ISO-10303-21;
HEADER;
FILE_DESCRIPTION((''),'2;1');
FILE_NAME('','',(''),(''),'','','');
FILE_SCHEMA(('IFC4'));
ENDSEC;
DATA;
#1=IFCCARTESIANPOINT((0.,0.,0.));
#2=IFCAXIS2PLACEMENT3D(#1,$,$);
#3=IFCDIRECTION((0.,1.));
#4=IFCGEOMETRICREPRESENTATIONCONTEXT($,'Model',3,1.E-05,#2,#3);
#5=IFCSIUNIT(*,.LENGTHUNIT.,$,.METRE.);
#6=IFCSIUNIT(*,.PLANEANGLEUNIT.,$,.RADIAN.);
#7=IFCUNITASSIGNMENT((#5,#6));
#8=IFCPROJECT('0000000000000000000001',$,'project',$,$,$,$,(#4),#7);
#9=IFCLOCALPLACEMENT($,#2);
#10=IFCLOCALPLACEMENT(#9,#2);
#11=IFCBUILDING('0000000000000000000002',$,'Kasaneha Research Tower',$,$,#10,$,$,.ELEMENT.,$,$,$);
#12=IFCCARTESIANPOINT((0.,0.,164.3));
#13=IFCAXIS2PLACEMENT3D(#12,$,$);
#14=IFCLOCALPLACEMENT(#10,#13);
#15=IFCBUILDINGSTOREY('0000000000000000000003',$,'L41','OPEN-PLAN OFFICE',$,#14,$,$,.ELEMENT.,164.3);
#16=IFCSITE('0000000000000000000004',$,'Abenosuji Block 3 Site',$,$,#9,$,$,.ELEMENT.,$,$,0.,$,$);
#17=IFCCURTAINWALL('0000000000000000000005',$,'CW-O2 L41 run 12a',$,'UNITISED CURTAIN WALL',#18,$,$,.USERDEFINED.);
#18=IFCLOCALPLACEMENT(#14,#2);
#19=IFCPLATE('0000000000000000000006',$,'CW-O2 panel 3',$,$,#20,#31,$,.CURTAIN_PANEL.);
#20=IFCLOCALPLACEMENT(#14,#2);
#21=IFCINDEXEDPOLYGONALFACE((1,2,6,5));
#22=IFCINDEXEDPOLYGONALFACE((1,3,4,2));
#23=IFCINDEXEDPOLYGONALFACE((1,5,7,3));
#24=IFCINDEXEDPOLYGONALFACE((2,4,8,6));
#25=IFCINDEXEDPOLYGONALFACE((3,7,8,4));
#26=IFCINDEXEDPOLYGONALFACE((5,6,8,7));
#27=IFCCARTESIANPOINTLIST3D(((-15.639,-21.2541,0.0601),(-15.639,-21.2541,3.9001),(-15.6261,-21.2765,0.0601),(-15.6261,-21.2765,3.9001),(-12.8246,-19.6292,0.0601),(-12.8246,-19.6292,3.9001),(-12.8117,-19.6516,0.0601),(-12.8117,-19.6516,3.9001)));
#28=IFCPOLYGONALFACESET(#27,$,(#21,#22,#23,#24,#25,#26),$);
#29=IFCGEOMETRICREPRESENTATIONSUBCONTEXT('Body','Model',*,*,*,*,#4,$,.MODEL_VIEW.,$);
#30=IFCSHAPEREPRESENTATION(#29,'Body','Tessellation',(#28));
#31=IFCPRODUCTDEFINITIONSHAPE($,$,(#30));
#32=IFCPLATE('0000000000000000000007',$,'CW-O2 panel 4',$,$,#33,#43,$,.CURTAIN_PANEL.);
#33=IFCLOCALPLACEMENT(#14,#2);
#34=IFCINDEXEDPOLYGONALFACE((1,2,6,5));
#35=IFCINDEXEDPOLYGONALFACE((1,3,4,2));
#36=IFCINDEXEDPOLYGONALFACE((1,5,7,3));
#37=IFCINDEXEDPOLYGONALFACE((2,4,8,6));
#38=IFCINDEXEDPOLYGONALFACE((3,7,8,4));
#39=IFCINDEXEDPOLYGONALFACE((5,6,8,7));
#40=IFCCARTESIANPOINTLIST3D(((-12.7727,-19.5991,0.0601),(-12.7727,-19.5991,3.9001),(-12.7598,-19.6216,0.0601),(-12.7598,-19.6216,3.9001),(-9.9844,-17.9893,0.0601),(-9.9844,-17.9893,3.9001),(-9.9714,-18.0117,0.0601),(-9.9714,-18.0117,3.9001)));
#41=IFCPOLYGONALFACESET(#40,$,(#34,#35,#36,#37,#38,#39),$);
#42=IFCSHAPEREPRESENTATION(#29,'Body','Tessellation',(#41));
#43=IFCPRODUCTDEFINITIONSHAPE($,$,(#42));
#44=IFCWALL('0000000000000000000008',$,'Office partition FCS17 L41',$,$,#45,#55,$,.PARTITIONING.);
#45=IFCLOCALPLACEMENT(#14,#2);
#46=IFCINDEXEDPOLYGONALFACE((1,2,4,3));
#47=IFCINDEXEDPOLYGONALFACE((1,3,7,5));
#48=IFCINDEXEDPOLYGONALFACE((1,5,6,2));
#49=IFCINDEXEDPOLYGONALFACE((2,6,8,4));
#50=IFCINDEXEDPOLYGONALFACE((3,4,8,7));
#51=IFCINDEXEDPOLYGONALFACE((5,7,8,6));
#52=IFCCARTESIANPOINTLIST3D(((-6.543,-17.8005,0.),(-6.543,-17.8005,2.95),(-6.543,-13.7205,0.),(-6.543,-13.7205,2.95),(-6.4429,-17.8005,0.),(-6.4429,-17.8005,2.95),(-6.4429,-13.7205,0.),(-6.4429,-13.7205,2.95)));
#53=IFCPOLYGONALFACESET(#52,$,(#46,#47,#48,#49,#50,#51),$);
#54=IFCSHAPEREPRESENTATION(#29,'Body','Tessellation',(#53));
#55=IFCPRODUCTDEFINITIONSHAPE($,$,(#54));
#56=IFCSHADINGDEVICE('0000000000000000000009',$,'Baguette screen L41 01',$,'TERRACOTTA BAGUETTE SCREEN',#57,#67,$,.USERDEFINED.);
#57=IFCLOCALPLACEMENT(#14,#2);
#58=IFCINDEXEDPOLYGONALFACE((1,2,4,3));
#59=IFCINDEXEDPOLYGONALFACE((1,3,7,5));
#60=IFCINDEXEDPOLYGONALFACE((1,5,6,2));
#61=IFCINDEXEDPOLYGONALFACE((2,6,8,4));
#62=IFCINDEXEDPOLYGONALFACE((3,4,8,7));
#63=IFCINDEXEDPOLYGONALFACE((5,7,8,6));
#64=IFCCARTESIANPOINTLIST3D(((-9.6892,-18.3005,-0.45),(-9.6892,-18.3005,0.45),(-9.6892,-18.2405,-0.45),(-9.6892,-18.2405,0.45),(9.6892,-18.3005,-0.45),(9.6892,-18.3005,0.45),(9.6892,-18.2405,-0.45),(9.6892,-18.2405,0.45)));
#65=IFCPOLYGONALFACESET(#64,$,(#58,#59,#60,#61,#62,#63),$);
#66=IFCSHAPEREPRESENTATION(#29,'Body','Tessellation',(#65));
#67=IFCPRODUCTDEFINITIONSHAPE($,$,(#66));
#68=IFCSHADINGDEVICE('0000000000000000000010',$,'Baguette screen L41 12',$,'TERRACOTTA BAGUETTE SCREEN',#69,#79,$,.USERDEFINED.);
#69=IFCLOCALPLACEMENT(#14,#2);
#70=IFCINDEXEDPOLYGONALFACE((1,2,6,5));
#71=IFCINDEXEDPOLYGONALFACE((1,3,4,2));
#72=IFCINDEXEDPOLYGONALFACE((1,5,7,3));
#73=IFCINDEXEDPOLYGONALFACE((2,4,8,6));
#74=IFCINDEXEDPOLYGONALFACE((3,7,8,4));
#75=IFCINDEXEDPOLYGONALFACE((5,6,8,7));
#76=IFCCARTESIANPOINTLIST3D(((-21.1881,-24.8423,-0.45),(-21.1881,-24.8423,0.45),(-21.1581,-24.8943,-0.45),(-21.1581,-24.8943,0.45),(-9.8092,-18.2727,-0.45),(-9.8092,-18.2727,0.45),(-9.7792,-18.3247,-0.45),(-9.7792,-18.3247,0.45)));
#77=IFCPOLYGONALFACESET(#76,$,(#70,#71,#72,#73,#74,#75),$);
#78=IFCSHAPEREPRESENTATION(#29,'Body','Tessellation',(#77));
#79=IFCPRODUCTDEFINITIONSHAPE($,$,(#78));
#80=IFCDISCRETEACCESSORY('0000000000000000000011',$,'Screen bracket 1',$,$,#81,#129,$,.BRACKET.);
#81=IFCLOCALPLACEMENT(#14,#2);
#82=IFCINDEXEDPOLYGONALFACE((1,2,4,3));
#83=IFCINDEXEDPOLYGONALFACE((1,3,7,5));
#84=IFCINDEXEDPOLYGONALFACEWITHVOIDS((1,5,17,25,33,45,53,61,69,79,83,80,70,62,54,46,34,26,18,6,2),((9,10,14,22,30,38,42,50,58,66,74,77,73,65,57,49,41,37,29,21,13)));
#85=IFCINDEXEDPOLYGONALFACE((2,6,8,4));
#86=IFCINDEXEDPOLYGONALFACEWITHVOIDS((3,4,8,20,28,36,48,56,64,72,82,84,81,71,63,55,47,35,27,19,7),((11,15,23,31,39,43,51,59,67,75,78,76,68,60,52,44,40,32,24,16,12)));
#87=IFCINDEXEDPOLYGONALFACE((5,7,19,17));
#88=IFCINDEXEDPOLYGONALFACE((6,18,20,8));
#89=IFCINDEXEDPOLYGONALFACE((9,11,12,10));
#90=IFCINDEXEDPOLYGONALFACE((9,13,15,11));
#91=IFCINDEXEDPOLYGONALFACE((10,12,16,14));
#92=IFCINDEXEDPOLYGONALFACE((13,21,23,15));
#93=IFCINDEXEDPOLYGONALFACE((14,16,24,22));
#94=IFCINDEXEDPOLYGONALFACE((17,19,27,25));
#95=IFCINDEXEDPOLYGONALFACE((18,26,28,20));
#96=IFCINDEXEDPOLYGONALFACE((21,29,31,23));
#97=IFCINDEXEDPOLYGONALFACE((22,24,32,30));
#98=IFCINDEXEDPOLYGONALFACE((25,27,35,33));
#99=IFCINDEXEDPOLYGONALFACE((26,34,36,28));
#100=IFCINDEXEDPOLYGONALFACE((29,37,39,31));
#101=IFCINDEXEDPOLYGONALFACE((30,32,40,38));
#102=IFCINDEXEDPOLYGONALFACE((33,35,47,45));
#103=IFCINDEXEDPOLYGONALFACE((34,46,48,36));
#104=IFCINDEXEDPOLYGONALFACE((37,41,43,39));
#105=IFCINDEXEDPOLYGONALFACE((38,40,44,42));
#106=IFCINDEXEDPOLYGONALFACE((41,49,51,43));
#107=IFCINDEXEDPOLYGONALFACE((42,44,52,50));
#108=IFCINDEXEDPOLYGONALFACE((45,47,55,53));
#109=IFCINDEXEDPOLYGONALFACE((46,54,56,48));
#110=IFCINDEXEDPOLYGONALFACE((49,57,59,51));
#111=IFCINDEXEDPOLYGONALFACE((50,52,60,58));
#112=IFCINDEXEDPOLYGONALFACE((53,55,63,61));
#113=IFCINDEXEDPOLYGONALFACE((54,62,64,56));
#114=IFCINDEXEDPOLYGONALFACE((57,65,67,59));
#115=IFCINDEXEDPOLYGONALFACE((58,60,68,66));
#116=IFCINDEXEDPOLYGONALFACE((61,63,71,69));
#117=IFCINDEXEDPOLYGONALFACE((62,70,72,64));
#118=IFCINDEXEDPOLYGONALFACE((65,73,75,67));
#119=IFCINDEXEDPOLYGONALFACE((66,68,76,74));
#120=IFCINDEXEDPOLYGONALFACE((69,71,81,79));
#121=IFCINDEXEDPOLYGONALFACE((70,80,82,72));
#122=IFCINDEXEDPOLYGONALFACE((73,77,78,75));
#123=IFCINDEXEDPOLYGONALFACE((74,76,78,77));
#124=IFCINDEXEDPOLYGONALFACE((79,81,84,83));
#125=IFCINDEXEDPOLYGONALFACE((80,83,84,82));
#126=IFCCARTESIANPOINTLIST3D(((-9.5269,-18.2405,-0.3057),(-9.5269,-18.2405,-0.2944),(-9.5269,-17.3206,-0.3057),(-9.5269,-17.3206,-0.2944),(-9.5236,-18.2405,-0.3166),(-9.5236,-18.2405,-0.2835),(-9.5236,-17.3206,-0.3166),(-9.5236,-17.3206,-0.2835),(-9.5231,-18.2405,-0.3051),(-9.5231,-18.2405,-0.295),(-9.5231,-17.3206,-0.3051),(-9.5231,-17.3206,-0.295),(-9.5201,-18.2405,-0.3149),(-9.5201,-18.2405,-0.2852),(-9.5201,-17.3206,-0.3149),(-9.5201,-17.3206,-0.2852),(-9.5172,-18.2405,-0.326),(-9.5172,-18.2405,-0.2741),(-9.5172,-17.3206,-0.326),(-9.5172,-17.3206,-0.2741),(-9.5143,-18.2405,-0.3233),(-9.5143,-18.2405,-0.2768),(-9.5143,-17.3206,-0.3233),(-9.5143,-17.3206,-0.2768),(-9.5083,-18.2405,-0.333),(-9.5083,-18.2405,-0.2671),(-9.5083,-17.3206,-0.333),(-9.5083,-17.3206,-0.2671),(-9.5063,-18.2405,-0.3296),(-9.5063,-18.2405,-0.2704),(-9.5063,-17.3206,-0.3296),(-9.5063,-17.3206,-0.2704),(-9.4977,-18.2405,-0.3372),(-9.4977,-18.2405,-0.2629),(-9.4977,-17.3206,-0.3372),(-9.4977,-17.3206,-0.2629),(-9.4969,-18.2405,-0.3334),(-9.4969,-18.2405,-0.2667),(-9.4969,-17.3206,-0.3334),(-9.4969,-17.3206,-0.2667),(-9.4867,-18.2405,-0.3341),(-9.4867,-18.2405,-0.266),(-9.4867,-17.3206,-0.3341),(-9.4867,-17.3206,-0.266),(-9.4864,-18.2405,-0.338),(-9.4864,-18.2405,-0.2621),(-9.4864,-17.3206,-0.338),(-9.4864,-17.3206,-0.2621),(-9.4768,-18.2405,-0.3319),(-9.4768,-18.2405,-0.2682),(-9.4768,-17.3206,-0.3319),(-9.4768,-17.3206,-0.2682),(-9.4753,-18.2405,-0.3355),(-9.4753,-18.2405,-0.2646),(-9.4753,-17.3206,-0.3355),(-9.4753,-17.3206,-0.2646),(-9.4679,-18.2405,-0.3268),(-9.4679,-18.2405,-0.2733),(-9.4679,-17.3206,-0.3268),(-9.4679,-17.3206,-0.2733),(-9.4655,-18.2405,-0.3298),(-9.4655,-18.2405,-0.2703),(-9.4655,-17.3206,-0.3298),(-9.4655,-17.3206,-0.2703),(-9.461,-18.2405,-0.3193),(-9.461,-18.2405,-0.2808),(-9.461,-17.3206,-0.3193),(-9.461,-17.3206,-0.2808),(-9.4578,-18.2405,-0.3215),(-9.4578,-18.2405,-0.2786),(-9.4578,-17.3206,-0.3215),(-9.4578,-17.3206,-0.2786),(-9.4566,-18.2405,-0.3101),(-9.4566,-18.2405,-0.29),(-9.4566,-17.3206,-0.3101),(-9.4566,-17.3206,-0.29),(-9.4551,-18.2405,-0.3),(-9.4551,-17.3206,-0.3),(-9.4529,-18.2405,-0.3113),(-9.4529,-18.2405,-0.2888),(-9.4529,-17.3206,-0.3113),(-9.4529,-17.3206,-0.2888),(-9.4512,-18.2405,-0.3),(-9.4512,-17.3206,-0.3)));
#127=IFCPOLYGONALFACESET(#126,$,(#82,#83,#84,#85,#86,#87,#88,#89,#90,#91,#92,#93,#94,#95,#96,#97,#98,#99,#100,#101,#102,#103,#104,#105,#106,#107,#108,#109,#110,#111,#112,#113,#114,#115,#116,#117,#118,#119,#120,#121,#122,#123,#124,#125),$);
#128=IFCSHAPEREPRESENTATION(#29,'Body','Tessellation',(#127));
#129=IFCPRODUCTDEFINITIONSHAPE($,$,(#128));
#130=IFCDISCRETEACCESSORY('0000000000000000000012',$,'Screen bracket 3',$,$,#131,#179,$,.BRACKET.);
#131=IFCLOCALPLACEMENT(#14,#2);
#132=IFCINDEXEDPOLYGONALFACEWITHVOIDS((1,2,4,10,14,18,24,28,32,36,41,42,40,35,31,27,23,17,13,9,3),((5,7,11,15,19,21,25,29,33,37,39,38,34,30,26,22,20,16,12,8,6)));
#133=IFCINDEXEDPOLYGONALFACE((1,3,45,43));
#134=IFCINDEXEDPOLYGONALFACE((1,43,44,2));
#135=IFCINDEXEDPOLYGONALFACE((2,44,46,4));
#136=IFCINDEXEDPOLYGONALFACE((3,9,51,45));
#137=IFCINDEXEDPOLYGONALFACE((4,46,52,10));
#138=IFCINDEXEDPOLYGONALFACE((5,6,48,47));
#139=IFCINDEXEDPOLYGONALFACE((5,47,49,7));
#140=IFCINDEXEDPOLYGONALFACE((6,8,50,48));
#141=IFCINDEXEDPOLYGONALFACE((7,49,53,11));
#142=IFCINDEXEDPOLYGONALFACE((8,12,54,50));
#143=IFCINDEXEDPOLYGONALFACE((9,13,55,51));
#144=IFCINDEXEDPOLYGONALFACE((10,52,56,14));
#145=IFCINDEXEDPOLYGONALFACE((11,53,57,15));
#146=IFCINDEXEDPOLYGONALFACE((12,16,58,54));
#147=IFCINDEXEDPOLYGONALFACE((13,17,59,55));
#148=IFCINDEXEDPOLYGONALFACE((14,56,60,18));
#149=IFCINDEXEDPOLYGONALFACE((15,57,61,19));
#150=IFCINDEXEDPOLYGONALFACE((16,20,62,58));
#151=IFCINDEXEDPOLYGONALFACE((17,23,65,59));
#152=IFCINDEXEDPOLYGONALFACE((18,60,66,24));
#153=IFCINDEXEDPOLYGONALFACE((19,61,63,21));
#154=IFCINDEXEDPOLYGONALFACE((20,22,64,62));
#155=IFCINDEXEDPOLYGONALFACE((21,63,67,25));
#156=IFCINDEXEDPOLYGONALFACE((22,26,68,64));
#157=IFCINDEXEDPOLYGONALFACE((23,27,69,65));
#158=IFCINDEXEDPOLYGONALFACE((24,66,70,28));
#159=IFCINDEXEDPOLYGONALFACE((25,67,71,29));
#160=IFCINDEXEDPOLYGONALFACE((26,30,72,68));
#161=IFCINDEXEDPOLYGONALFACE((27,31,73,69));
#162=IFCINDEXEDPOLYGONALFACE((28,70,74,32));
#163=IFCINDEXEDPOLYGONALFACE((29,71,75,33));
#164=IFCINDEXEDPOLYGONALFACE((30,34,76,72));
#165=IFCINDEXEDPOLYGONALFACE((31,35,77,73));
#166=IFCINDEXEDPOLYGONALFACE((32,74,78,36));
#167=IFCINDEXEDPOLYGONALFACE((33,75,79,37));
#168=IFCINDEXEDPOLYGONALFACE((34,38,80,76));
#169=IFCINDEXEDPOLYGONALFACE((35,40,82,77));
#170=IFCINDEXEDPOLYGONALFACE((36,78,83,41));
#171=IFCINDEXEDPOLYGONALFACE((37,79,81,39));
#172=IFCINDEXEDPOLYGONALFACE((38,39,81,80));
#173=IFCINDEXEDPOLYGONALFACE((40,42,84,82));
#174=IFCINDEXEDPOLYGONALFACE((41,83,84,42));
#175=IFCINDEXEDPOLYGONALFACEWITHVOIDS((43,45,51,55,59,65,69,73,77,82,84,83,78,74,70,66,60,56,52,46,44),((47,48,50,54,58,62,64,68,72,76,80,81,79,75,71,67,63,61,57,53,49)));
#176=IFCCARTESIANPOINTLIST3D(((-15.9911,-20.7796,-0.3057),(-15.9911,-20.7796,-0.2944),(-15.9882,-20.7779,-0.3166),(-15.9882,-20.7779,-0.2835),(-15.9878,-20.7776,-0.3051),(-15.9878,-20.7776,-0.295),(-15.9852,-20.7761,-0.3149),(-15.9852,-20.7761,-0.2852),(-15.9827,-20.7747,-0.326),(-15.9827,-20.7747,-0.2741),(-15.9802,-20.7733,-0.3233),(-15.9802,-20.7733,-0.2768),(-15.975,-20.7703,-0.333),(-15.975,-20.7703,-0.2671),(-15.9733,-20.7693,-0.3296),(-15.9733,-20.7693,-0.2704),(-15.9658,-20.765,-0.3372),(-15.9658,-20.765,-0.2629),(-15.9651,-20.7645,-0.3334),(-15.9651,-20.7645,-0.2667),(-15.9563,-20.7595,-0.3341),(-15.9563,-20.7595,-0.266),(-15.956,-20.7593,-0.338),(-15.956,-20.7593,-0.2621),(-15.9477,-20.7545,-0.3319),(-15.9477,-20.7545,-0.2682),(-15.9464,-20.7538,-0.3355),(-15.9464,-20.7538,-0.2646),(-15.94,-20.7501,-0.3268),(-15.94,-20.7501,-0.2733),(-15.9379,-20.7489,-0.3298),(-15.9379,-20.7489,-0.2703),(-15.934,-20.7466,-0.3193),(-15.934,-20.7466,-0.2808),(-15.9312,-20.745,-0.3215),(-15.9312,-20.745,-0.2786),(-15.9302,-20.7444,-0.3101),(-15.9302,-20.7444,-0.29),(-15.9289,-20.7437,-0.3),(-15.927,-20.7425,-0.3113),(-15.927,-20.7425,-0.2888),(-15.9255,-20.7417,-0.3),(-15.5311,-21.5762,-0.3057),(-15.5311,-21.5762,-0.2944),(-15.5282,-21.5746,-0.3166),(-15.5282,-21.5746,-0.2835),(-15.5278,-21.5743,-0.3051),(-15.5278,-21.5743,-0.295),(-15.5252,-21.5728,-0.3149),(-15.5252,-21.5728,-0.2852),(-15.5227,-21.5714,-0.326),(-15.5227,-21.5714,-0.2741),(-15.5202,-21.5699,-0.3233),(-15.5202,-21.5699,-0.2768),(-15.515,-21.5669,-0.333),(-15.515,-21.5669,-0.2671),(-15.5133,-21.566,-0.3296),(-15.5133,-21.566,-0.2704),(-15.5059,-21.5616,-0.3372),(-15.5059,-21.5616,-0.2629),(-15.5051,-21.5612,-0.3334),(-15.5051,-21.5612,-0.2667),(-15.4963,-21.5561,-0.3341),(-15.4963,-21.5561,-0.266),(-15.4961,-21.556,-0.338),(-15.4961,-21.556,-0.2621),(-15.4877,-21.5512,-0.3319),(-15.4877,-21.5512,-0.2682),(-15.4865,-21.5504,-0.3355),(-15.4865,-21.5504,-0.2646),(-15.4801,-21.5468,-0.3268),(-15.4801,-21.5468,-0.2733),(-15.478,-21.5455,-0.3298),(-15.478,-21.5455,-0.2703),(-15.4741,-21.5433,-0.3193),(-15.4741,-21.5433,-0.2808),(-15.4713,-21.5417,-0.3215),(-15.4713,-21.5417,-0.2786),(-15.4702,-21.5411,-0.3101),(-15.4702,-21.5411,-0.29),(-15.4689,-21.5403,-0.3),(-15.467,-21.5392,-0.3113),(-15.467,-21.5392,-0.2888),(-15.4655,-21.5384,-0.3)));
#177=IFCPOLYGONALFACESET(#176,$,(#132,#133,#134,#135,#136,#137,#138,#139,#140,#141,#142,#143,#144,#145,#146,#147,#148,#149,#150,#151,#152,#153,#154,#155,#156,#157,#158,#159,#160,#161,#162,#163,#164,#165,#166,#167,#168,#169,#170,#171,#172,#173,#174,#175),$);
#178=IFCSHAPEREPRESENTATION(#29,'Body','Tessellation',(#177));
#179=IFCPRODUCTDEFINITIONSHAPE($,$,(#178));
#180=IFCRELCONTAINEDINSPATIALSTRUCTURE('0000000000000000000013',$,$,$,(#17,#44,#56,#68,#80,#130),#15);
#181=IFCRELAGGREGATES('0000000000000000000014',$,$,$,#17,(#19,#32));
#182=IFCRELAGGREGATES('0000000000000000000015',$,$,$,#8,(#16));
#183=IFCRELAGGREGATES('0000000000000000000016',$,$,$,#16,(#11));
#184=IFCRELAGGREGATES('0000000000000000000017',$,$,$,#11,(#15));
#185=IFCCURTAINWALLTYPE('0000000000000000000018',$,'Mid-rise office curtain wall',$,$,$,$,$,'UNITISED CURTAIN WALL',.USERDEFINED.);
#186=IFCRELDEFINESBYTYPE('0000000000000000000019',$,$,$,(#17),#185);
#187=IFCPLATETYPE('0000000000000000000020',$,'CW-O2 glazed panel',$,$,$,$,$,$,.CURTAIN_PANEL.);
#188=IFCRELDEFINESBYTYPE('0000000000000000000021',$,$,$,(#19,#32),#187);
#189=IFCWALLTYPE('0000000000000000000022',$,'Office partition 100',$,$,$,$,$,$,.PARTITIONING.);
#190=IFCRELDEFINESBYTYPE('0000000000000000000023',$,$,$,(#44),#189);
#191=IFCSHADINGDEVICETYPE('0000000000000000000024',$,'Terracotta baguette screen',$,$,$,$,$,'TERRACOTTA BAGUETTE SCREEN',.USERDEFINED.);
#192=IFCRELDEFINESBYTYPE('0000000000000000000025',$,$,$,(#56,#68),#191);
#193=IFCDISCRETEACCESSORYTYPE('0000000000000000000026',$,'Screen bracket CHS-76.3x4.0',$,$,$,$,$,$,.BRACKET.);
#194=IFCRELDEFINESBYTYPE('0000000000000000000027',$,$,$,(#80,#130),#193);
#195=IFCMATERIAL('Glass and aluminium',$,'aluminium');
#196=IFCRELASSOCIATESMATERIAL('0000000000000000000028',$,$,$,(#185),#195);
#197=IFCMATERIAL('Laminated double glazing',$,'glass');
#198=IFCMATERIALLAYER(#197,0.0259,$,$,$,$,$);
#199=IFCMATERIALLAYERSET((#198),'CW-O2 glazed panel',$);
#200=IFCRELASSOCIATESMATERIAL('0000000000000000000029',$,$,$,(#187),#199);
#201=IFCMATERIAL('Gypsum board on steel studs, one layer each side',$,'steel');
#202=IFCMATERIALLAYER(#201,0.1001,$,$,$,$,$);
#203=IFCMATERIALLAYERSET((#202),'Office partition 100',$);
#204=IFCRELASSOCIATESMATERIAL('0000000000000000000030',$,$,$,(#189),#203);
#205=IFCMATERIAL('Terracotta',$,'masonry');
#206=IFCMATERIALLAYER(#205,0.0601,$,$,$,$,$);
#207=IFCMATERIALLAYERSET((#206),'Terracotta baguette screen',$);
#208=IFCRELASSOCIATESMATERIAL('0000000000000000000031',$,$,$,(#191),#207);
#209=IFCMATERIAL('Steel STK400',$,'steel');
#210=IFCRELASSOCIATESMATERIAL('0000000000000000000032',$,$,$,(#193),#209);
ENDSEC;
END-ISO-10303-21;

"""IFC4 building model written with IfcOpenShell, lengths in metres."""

from ifc_helpers import new_model, si_unit, direction, frame, frame_2d, origin, origin_2d, place, context, subcontext, project, spatial, rectangle, hollow_circle, extrude, material, layer, layer_set, material_profile, profile_set, type_object, element, aggregate, save


model = new_model("IFC4")

# Units and contexts
model_context = context("Model", 3, precision=1e-05, world=origin(), true_north=direction((0.0, 1.0)))
body_context = subcontext(model_context, "Body", "Model", "MODEL_VIEW")
ifc_project = project(units=[si_unit("LENGTHUNIT", "METRE"), si_unit("PLANEANGLEUNIT", "RADIAN")], contexts=[model_context])

# Site, building, storey
site_placement = place(None, origin())
site = spatial("IfcSite", under=ifc_project, at=site_placement, Name="Abenosuji Block 3 Site", CompositionType="ELEMENT", RefElevation=0.0)
building_placement = place(site_placement, origin())
building = spatial("IfcBuilding", under=site, at=building_placement, Name="Kasaneha Research Tower", CompositionType="ELEMENT")
storey_placement = place(building_placement, frame((0.0, 0.0, 164.3)))
storey = spatial("IfcBuildingStorey", under=building, at=storey_placement, Name="L41", Description="OPEN-PLAN OFFICE", CompositionType="ELEMENT", Elevation=164.3)

# Curtain wall
ifc_material_1 = material(Name="Glass and aluminium", Category="aluminium")
curtain_wall_type = type_object("IfcCurtainWallType", Name="Mid-rise office curtain wall", ElementType="UNITISED CURTAIN WALL", PredefinedType="USERDEFINED", material=ifc_material_1)
curtain_wall_1_placement = place(storey_placement, origin())
curtain_wall_1 = element("IfcCurtainWall", 1, at=curtain_wall_1_placement, inside=storey, type_object=curtain_wall_type, Name="CW-O2 L41 run 12a", ObjectType="UNITISED CURTAIN WALL", PredefinedType="USERDEFINED")

# Plates
ifc_material_2 = material(Name="Laminated double glazing", Category="glass")
ifc_layer_1 = layer(ifc_material_2, 0.0259)
ifc_layer_set_1 = layer_set([ifc_layer_1], Name="CW-O2 glazed panel")
plate_type = type_object("IfcPlateType", Name="CW-O2 glazed panel", PredefinedType="CURTAIN_PANEL", material=ifc_layer_set_1)
plate_1_placement = place(storey_placement, frame((-14.2253, -20.4529, 0.0601), z_axis=(0.0, 0.0, 1.0), x_axis=(0.866025, 0.5, 0.0)))
plate_1 = element("IfcPlate", 2, at=plate_1_placement, type_object=plate_type, Name="CW-O2 panel 3", PredefinedType="CURTAIN_PANEL", context=body_context, shape_type="SweptSolid", body=[
    extrude(rectangle(XDim=3.2498, YDim=0.0259, at=origin_2d()), origin(), (0.0, 0.0, 1.0), 3.8401),
])
plate_2_placement = place(storey_placement, frame((-11.3721, -18.8054, 0.0601), z_axis=(0.0, 0.0, 1.0), x_axis=(0.866025, 0.5, 0.0)))
plate_2 = element("IfcPlate", 3, at=plate_2_placement, type_object=plate_type, Name="CW-O2 panel 4", PredefinedType="CURTAIN_PANEL", context=body_context, shape_type="SweptSolid", body=[
    extrude(rectangle(XDim=3.2197, YDim=0.0259, at=origin_2d()), origin(), (0.0, 0.0, 1.0), 3.8401),
])
aggregate(curtain_wall_1, [plate_1, plate_2])

# Wall
ifc_material_3 = material(Name="Gypsum board on steel studs, one layer each side", Category="steel")
ifc_layer_2 = layer(ifc_material_3, 0.1001)
ifc_layer_set_2 = layer_set([ifc_layer_2], Name="Office partition 100")
wall_type = type_object("IfcWallType", Name="Office partition 100", PredefinedType="PARTITIONING", material=ifc_layer_set_2)
wall_placement = place(storey_placement, frame((-6.4929, -17.8005, 0.0), z_axis=(0.0, 0.0, 1.0), x_axis=(0.0, 1.0, 0.0)))
element("IfcWall", 4, at=wall_placement, inside=storey, type_object=wall_type, Name="Office partition FCS17 L41", PredefinedType="PARTITIONING", context=body_context, shape_type="SweptSolid", body=[
    extrude(rectangle(XDim=4.0801, YDim=0.1001, at=frame_2d((2.04, 0.0))), origin(), (0.0, 0.0, 1.0), 2.95),
])

# Shading devices
ifc_material_4 = material(Name="Terracotta", Category="masonry")
ifc_layer_3 = layer(ifc_material_4, 0.0601)
ifc_layer_set_3 = layer_set([ifc_layer_3], Name="Terracotta baguette screen")
shading_device_type = type_object("IfcShadingDeviceType", Name="Terracotta baguette screen", ElementType="TERRACOTTA BAGUETTE SCREEN", PredefinedType="USERDEFINED", material=ifc_layer_set_3)
shading_device_1_placement = place(storey_placement, frame((0.0, -18.2705, -0.45), z_axis=(0.0, 0.0, 1.0), x_axis=(1.0, 0.0, 0.0)))
element("IfcShadingDevice", 5, at=shading_device_1_placement, inside=storey, type_object=shading_device_type, Name="Baguette screen L41 01", ObjectType="TERRACOTTA BAGUETTE SCREEN", PredefinedType="USERDEFINED", context=body_context, shape_type="SweptSolid", body=[
    extrude(rectangle(XDim=19.3784, YDim=0.0601, at=origin_2d()), origin(), (0.0, 0.0, 1.0), 0.8999),
])
shading_device_2_placement = place(storey_placement, frame((-15.4836, -21.5835, -0.45), z_axis=(0.0, 0.0, 1.0), x_axis=(0.866025, 0.5, 0.0)))
element("IfcShadingDevice", 6, at=shading_device_2_placement, inside=storey, type_object=shading_device_type, Name="Baguette screen L41 12", ObjectType="TERRACOTTA BAGUETTE SCREEN", PredefinedType="USERDEFINED", context=body_context, shape_type="SweptSolid", body=[
    extrude(rectangle(XDim=13.1392, YDim=0.0601, at=origin_2d()), origin(), (0.0, 0.0, 1.0), 0.8999),
])

# Discrete accessories
ifc_material_5 = material(Name="Steel STK400", Category="steel")
ifc_material_profile_1 = material_profile(ifc_material_5, hollow_circle(Radius=0.0381, WallThickness=0.0039, at=origin_2d()), Name="CHS-76.3x4.0")
ifc_profile_set_1 = profile_set([ifc_material_profile_1], Name="Steel STK400")
discrete_accessory_type = type_object("IfcDiscreteAccessoryType", Name="Screen bracket CHS-76.3x4.0", PredefinedType="BRACKET", material=ifc_profile_set_1)
for number, where, z_axis, x_axis, name in (
    (7, (-9.4893, -17.3206, -0.3), (0.0, -1.0, 0.0), (1.0, 0.0, 0.0), "Screen bracket 1"),
    (8, (-15.9585, -20.7607, -0.3), (0.500021, -0.866013, 0.0), (0.866013, 0.500021, 0.0), "Screen bracket 3"),
):
    element("IfcDiscreteAccessory", number, at=place(storey_placement, frame(where, z_axis=z_axis, x_axis=x_axis)), inside=storey, type_object=discrete_accessory_type, Name=name, PredefinedType="BRACKET", context=body_context, shape_type="SweptSolid", body=[
        extrude(hollow_circle(Radius=0.0381, WallThickness=0.0039, at=origin_2d()), origin(), (0.0, 0.0, 1.0), 0.9199),
    ])

save(model, "model.ifc")
